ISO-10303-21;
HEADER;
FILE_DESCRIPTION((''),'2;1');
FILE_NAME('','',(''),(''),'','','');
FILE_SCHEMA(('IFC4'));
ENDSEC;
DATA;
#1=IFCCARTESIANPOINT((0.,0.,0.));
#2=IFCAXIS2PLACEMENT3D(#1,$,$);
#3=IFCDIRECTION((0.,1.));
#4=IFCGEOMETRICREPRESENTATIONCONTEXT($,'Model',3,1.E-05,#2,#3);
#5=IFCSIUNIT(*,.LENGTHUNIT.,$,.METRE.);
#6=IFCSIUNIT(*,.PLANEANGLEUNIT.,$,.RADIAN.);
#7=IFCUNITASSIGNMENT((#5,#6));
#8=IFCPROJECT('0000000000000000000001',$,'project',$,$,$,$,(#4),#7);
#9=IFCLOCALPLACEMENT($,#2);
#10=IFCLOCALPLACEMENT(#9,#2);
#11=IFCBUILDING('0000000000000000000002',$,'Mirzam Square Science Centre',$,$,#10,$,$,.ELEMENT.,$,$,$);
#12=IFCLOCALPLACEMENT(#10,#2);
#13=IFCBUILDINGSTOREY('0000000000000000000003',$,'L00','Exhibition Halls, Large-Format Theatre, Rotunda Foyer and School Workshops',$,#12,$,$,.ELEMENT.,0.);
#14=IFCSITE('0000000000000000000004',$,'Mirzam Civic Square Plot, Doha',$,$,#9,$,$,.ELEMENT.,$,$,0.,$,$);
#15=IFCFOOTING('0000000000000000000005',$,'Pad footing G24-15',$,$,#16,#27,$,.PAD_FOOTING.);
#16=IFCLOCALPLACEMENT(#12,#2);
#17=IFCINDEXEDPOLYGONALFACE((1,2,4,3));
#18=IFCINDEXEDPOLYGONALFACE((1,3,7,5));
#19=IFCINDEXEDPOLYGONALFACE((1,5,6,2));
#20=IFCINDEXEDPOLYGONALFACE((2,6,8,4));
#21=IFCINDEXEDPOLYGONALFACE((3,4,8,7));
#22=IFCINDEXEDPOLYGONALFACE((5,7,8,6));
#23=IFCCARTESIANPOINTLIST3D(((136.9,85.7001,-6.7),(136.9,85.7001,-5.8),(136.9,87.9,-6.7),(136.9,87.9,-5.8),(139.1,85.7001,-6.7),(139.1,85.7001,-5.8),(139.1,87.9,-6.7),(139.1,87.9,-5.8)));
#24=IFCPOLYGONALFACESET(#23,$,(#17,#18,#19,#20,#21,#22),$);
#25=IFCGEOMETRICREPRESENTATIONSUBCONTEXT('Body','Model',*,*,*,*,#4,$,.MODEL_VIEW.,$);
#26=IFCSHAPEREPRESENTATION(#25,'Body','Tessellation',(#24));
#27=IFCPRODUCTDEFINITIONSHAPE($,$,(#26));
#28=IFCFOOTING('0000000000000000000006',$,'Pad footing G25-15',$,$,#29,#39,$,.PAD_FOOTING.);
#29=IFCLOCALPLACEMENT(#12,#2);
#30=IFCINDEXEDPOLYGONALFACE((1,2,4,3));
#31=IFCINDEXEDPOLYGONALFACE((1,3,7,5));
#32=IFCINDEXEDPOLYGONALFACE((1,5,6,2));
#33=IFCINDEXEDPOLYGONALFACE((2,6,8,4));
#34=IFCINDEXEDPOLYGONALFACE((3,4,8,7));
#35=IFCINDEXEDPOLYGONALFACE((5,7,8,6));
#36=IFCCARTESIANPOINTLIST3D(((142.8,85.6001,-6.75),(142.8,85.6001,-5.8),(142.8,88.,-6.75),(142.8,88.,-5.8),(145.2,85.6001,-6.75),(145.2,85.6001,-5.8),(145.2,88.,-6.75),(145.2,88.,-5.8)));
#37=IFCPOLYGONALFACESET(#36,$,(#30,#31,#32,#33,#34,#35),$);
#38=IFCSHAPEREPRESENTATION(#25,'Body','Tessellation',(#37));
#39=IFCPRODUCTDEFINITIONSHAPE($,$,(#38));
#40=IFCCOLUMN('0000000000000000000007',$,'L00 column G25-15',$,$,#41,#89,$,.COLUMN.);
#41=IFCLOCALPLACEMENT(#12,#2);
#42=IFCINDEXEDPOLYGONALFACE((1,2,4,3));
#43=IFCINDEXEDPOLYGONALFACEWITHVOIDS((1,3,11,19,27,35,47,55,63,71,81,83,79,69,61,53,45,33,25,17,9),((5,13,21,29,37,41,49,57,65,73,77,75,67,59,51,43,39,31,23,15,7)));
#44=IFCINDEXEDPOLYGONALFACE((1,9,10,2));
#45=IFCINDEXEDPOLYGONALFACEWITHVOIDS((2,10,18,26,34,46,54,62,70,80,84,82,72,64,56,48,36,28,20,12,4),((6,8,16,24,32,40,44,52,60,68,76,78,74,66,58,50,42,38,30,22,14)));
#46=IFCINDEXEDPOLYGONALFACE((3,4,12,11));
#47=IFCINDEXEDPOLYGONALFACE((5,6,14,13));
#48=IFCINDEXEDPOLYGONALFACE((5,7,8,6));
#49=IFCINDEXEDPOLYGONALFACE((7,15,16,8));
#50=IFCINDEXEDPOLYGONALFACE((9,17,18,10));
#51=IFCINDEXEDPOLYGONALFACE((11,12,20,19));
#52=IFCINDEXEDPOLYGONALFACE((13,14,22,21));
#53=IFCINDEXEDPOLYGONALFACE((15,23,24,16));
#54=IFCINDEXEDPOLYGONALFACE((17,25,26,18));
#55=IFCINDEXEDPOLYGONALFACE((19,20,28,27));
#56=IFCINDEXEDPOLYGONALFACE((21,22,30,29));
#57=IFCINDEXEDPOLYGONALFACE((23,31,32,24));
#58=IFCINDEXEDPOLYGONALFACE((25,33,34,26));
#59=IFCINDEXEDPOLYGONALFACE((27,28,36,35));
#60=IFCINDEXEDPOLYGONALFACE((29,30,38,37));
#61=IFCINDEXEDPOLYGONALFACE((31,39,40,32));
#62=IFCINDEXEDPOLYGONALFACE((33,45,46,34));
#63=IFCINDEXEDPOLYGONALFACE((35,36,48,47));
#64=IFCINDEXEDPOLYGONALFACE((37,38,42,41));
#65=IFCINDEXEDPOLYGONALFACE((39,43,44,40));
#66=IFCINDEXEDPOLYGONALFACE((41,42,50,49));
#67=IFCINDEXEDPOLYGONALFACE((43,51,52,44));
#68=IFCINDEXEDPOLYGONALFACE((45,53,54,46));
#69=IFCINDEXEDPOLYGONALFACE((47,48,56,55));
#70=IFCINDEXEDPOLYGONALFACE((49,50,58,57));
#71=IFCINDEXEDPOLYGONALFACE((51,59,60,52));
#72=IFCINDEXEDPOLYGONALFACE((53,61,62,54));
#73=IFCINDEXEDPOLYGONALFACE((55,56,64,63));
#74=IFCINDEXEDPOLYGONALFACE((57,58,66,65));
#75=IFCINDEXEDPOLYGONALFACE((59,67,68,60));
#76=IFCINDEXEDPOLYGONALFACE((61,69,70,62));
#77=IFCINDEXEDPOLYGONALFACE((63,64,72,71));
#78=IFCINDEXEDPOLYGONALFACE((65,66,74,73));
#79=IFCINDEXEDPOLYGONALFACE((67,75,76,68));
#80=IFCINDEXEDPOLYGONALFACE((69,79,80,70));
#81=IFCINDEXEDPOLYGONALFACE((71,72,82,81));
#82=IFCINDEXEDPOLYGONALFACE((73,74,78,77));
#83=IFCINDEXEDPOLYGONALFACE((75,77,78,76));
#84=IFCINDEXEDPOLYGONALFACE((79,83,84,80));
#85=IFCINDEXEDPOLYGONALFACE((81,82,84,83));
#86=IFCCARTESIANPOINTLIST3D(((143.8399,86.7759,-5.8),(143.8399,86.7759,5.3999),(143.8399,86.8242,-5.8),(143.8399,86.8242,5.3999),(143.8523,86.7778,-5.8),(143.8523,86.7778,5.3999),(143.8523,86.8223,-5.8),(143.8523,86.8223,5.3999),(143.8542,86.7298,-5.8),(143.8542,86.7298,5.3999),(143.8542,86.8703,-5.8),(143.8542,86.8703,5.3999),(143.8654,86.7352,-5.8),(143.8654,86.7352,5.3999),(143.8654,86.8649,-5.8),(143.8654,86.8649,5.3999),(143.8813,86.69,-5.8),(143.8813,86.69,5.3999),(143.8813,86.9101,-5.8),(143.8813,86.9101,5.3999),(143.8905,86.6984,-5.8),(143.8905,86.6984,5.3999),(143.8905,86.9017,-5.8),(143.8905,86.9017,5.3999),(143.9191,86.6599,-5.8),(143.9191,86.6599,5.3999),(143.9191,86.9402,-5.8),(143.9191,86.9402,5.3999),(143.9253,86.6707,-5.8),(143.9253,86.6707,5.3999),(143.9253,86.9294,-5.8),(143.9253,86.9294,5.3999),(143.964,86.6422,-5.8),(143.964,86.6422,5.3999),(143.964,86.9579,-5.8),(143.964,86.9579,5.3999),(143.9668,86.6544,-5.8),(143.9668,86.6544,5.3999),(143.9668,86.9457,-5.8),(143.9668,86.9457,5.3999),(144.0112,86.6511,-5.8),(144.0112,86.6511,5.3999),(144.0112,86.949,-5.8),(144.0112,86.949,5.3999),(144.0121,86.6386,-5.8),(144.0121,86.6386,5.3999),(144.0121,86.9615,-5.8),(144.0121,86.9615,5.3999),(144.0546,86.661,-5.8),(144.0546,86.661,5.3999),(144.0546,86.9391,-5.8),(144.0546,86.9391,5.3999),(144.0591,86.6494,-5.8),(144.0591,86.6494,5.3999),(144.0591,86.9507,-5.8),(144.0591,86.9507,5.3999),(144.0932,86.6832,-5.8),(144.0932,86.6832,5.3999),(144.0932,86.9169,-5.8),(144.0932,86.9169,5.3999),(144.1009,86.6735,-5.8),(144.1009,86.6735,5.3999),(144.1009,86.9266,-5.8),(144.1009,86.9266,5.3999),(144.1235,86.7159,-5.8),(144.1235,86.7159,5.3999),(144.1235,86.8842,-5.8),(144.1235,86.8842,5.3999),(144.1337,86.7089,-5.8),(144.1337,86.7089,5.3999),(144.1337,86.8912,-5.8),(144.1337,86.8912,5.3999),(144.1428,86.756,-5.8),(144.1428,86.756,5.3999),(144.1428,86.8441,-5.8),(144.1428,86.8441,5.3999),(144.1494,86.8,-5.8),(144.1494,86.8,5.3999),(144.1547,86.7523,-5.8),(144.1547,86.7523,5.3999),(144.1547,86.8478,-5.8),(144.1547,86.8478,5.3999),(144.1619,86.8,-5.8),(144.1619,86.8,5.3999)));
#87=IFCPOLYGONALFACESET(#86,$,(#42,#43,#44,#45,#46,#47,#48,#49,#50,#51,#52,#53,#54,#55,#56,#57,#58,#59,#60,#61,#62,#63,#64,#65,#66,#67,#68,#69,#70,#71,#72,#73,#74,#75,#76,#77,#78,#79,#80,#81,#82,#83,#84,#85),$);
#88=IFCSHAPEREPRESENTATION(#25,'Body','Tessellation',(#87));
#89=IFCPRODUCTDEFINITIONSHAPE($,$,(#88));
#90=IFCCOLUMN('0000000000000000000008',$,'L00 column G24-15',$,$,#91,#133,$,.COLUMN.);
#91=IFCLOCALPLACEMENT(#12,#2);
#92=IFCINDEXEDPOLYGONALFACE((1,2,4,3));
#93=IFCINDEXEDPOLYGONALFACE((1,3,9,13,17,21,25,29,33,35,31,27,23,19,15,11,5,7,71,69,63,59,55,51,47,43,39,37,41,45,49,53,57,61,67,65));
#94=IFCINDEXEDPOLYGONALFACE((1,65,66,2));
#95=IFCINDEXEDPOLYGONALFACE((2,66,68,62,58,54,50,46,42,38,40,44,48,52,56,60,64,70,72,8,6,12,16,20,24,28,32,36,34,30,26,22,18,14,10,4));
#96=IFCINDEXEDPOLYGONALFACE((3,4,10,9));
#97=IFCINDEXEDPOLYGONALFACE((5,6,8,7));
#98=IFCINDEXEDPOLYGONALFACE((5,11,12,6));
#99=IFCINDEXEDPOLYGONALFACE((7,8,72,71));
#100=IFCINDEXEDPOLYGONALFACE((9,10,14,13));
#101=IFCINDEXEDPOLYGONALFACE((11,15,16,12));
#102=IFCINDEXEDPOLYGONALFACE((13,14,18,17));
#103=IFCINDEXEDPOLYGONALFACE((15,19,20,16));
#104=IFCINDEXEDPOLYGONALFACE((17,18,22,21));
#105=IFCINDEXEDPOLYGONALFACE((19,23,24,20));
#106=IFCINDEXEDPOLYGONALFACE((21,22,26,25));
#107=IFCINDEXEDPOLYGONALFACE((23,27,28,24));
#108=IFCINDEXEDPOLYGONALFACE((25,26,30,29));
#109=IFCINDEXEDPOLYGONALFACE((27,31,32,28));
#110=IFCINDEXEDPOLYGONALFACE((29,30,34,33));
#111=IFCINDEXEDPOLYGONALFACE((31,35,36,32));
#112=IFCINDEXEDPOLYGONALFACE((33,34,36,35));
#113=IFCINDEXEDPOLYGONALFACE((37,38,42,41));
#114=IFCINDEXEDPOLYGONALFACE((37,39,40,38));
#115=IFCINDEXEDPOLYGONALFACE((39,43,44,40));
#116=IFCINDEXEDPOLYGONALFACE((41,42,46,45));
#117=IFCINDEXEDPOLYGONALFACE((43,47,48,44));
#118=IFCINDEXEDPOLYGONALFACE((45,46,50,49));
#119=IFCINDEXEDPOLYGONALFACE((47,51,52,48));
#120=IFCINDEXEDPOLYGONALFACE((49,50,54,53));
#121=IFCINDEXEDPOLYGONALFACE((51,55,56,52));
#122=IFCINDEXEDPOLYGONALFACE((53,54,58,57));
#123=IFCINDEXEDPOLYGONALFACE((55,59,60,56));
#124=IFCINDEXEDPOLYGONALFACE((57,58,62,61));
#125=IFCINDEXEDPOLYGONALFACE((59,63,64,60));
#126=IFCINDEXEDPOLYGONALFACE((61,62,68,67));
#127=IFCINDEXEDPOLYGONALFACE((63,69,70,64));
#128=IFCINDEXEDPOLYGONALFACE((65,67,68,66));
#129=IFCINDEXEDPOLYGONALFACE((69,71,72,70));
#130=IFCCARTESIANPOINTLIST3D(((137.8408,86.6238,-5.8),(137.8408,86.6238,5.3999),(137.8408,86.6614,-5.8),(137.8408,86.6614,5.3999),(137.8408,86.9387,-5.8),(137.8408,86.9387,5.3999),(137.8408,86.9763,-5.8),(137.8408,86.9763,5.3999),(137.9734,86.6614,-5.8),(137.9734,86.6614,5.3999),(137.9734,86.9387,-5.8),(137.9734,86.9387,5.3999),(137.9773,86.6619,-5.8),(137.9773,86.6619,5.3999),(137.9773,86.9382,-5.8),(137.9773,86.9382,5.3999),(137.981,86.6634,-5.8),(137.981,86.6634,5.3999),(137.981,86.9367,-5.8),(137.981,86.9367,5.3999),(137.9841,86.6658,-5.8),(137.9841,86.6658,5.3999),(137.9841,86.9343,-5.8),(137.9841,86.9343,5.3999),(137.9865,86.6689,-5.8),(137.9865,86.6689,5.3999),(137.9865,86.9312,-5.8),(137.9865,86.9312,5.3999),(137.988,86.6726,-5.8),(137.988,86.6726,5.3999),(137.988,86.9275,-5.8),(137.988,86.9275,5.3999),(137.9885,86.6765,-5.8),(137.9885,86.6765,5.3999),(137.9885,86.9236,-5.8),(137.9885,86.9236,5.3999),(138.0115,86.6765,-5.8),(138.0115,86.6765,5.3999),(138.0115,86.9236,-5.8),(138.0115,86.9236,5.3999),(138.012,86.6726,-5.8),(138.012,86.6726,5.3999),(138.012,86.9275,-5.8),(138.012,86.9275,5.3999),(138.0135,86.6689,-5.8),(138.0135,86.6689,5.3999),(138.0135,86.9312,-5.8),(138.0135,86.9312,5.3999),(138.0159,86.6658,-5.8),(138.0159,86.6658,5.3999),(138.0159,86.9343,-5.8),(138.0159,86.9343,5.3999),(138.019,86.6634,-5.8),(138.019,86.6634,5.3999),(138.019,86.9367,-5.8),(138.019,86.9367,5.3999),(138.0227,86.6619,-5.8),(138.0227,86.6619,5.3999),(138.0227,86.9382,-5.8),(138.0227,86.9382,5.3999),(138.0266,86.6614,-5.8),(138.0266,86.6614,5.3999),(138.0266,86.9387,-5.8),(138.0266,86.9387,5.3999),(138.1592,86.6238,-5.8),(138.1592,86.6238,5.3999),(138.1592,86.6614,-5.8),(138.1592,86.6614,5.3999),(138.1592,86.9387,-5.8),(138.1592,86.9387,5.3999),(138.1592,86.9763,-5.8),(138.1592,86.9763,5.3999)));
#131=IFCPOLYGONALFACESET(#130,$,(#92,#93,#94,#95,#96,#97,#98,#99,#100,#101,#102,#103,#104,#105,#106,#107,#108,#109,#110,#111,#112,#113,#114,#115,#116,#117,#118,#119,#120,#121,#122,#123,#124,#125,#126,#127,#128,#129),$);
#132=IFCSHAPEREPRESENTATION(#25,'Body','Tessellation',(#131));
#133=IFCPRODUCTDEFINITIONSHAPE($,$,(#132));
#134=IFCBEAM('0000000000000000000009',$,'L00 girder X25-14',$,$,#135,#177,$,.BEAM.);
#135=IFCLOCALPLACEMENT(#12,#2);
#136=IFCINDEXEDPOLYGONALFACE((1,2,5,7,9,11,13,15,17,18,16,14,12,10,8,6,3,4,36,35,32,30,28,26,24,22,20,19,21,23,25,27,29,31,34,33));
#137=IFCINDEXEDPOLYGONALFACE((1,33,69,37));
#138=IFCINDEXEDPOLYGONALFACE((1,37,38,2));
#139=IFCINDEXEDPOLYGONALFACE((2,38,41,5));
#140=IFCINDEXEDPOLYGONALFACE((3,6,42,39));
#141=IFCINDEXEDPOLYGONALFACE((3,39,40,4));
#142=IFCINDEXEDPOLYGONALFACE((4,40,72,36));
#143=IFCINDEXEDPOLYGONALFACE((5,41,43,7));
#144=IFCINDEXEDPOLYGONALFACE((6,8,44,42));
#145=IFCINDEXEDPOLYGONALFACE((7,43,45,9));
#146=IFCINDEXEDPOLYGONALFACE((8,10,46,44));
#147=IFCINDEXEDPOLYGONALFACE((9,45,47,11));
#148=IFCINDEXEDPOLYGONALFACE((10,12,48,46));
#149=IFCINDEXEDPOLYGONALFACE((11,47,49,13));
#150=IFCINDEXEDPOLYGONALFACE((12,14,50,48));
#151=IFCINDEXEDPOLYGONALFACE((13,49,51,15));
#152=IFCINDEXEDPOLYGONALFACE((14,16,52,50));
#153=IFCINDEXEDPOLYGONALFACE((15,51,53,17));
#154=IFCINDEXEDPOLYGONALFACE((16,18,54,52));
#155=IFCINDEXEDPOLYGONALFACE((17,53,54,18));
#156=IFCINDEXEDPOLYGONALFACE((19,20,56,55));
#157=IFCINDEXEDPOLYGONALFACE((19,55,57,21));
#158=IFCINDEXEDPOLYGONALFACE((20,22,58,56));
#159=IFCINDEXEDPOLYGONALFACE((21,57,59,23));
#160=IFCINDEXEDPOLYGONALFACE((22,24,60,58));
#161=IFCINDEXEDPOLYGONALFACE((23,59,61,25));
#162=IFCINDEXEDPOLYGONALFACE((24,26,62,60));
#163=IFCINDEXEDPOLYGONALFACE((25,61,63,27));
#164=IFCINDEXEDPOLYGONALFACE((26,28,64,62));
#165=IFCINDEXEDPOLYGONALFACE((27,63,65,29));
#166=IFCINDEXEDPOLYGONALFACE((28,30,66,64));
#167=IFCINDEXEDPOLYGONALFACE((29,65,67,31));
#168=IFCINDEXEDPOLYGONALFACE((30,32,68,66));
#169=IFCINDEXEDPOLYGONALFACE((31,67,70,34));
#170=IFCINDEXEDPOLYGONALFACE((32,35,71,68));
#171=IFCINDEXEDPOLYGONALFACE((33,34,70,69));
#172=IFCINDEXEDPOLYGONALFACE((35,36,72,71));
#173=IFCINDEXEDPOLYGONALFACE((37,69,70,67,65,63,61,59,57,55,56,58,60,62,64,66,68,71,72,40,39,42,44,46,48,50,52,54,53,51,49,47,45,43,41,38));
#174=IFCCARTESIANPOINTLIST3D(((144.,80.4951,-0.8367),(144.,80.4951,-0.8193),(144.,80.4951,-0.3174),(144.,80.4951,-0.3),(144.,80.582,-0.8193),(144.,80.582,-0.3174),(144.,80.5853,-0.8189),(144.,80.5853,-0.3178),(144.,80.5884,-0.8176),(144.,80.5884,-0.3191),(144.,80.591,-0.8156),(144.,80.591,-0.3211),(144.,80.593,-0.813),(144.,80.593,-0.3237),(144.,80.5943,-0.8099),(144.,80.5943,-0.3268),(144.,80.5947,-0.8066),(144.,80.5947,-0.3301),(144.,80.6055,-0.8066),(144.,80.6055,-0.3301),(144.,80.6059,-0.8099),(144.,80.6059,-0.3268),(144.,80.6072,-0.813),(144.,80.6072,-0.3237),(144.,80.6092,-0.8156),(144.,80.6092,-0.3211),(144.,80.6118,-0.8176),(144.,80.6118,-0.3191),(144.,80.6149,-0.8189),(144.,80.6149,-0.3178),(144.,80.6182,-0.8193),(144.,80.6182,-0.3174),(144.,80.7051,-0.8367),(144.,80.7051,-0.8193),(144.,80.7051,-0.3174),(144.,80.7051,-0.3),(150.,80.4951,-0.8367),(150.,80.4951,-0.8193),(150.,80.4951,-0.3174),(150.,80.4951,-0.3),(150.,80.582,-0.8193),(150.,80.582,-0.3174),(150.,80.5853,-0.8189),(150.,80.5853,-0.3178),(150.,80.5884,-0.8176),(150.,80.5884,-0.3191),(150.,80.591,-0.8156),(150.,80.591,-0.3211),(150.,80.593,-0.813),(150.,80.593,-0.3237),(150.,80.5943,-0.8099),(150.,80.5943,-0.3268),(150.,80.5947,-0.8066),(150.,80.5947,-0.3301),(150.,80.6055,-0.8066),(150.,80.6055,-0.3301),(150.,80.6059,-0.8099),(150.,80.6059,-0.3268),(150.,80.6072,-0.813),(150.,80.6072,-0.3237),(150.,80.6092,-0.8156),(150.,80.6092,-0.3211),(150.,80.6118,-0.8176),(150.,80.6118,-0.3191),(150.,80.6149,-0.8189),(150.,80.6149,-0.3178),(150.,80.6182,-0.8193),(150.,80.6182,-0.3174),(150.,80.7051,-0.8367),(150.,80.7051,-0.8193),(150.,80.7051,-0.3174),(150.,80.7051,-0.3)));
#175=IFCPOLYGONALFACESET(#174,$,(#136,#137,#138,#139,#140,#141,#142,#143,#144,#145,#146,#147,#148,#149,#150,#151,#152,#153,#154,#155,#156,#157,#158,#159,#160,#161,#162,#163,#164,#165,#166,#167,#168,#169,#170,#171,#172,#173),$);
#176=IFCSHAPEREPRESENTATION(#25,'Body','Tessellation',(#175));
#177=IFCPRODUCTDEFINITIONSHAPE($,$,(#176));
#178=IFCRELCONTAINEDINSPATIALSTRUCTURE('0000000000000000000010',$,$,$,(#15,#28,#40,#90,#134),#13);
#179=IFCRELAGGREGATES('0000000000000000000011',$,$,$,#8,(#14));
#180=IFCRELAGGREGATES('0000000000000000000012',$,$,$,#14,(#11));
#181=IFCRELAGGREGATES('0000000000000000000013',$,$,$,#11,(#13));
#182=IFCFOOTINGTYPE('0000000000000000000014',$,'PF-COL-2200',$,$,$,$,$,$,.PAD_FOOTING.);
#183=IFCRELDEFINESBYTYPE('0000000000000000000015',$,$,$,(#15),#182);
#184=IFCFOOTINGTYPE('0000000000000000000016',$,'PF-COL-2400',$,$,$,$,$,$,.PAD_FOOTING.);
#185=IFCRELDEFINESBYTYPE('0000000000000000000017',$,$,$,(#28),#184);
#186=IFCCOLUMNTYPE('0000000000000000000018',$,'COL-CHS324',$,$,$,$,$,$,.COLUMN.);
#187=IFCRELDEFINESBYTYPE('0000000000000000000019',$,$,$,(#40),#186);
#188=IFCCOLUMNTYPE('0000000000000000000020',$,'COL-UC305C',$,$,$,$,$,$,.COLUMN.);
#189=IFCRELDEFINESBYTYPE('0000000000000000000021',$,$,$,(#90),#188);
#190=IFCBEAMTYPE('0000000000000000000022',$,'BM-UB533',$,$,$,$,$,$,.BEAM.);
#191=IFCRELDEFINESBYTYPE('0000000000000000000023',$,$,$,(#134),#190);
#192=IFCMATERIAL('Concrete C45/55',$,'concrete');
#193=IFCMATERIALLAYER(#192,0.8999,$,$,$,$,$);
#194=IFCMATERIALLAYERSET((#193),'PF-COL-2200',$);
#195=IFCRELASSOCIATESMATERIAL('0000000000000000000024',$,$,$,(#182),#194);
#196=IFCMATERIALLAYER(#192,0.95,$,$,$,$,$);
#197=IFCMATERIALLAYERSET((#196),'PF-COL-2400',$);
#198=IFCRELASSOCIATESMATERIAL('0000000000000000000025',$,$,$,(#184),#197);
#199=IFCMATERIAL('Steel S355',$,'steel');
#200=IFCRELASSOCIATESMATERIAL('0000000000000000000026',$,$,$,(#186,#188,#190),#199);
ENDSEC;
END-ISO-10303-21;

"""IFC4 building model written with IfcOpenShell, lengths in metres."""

from ifc_helpers import new_model, si_unit, direction, frame, origin, origin_2d, place, context, subcontext, project, spatial, rectangle, hollow_circle, i_section, extrude, material, layer, layer_set, material_profile, profile_set, type_object, element, save


model = new_model("IFC4")

# Units and contexts
model_context = context("Model", 3, precision=1e-05, world=origin(), true_north=direction((0.0, 1.0)))
body_context = subcontext(model_context, "Body", "Model", "MODEL_VIEW")
ifc_project = project(units=[si_unit("LENGTHUNIT", "METRE"), si_unit("PLANEANGLEUNIT", "RADIAN")], contexts=[model_context])

# Site, building, storey
site_placement = place(None, origin())
site = spatial("IfcSite", under=ifc_project, at=site_placement, Name="Mirzam Civic Square Plot, Doha", CompositionType="ELEMENT", RefElevation=0.0)
building_placement = place(site_placement, origin())
building = spatial("IfcBuilding", under=site, at=building_placement, Name="Mirzam Square Science Centre", CompositionType="ELEMENT")
storey_placement = place(building_placement, origin())
storey = spatial("IfcBuildingStorey", under=building, at=storey_placement, Name="L00", Description="Exhibition Halls, Large-Format Theatre, Rotunda Foyer and School Workshops", CompositionType="ELEMENT", Elevation=0.0)

# Footings
ifc_material_1 = material(Name="Concrete C45/55", Category="concrete")
ifc_layer_1 = layer(ifc_material_1, 0.8999)
ifc_layer_set_1 = layer_set([ifc_layer_1], Name="PF-COL-2200")
footing_type_1 = type_object("IfcFootingType", Name="PF-COL-2200", PredefinedType="PAD_FOOTING", material=ifc_layer_set_1)
footing_1_placement = place(storey_placement, frame((138.0, 86.8, -6.7), z_axis=(0.0, 0.0, 1.0), x_axis=(1.0, 0.0, 0.0)))
element("IfcFooting", 1, at=footing_1_placement, inside=storey, type_object=footing_type_1, Name="Pad footing G24-15", PredefinedType="PAD_FOOTING", context=body_context, shape_type="SweptSolid", body=[
    extrude(rectangle(XDim=2.2, YDim=2.2, at=origin_2d()), origin(), (0.0, 0.0, 1.0), 0.8999),
])
ifc_layer_2 = layer(ifc_material_1, 0.95)
ifc_layer_set_2 = layer_set([ifc_layer_2], Name="PF-COL-2400")
footing_type_2 = type_object("IfcFootingType", Name="PF-COL-2400", PredefinedType="PAD_FOOTING", material=ifc_layer_set_2)
footing_2_placement = place(storey_placement, frame((144.0, 86.8, -6.75), z_axis=(0.0, 0.0, 1.0), x_axis=(1.0, 0.0, 0.0)))
element("IfcFooting", 2, at=footing_2_placement, inside=storey, type_object=footing_type_2, Name="Pad footing G25-15", PredefinedType="PAD_FOOTING", context=body_context, shape_type="SweptSolid", body=[
    extrude(rectangle(XDim=2.3999, YDim=2.3999, at=origin_2d()), origin(), (0.0, 0.0, 1.0), 0.95),
])

# Columns
ifc_material_2 = material(Name="Steel S355", Category="steel")
ifc_material_profile_1 = material_profile(ifc_material_2, hollow_circle(Radius=0.1619, WallThickness=0.0125, at=origin_2d()), Name="323.9x12.5CHS")
ifc_profile_set_1 = profile_set([ifc_material_profile_1], Name="Steel S355")
column_type_1 = type_object("IfcColumnType", Name="COL-CHS324", PredefinedType="COLUMN", material=ifc_profile_set_1)
column_1_placement = place(storey_placement, frame((144.0, 86.8, -5.8), z_axis=(0.0, 0.0, 1.0), x_axis=(1.0, 0.0, 0.0)))
element("IfcColumn", 3, at=column_1_placement, inside=storey, type_object=column_type_1, Name="L00 column G25-15", PredefinedType="COLUMN", context=body_context, shape_type="SweptSolid", body=[
    extrude(hollow_circle(Radius=0.1619, WallThickness=0.0125, at=origin_2d()), origin(), (0.0, 0.0, 1.0), 11.2),
])
ifc_material_profile_2 = material_profile(ifc_material_2, i_section(OverallWidth=0.3184, OverallDepth=0.3525, WebThickness=0.0229, FlangeThickness=0.0376, FilletRadius=0.0151, at=origin_2d()), Name="305x305x240UC")
ifc_profile_set_2 = profile_set([ifc_material_profile_2], Name="Steel S355")
column_type_2 = type_object("IfcColumnType", Name="COL-UC305C", PredefinedType="COLUMN", material=ifc_profile_set_2)
column_2_placement = place(storey_placement, frame((138.0, 86.8, -5.8), z_axis=(0.0, 0.0, 1.0), x_axis=(1.0, 0.0, 0.0)))
element("IfcColumn", 4, at=column_2_placement, inside=storey, type_object=column_type_2, Name="L00 column G24-15", PredefinedType="COLUMN", context=body_context, shape_type="SweptSolid", body=[
    extrude(i_section(OverallWidth=0.3184, OverallDepth=0.3525, WebThickness=0.0229, FlangeThickness=0.0376, FilletRadius=0.0151, at=origin_2d()), origin(), (0.0, 0.0, 1.0), 11.2),
])

# Beam
ifc_material_profile_3 = material_profile(ifc_material_2, i_section(OverallWidth=0.21, OverallDepth=0.5366, WebThickness=0.0107, FlangeThickness=0.0173, FilletRadius=0.0127, at=origin_2d()), Name="533x210x101UB")
ifc_profile_set_3 = profile_set([ifc_material_profile_3], Name="Steel S355")
beam_type_1 = type_object("IfcBeamType", Name="BM-UB533", PredefinedType="BEAM", material=ifc_profile_set_3)
for number, where, z_axis, x_axis, name in (
    (5, (144.0, 80.6001, -0.5684), (1.0, 0.0, 0.0), (0.0, 1.0, 0.0), "L00 girder X25-14"),
):
    element("IfcBeam", number, at=place(storey_placement, frame(where, z_axis=z_axis, x_axis=x_axis)), inside=storey, type_object=beam_type_1, Name=name, PredefinedType="BEAM", context=body_context, shape_type="SweptSolid", body=[
        extrude(i_section(OverallWidth=0.21, OverallDepth=0.5366, WebThickness=0.0107, FlangeThickness=0.0173, FilletRadius=0.0127, at=origin_2d()), origin(), (0.0, 0.0, 1.0), 6.0),
    ])

save(model, "model.ifc")
